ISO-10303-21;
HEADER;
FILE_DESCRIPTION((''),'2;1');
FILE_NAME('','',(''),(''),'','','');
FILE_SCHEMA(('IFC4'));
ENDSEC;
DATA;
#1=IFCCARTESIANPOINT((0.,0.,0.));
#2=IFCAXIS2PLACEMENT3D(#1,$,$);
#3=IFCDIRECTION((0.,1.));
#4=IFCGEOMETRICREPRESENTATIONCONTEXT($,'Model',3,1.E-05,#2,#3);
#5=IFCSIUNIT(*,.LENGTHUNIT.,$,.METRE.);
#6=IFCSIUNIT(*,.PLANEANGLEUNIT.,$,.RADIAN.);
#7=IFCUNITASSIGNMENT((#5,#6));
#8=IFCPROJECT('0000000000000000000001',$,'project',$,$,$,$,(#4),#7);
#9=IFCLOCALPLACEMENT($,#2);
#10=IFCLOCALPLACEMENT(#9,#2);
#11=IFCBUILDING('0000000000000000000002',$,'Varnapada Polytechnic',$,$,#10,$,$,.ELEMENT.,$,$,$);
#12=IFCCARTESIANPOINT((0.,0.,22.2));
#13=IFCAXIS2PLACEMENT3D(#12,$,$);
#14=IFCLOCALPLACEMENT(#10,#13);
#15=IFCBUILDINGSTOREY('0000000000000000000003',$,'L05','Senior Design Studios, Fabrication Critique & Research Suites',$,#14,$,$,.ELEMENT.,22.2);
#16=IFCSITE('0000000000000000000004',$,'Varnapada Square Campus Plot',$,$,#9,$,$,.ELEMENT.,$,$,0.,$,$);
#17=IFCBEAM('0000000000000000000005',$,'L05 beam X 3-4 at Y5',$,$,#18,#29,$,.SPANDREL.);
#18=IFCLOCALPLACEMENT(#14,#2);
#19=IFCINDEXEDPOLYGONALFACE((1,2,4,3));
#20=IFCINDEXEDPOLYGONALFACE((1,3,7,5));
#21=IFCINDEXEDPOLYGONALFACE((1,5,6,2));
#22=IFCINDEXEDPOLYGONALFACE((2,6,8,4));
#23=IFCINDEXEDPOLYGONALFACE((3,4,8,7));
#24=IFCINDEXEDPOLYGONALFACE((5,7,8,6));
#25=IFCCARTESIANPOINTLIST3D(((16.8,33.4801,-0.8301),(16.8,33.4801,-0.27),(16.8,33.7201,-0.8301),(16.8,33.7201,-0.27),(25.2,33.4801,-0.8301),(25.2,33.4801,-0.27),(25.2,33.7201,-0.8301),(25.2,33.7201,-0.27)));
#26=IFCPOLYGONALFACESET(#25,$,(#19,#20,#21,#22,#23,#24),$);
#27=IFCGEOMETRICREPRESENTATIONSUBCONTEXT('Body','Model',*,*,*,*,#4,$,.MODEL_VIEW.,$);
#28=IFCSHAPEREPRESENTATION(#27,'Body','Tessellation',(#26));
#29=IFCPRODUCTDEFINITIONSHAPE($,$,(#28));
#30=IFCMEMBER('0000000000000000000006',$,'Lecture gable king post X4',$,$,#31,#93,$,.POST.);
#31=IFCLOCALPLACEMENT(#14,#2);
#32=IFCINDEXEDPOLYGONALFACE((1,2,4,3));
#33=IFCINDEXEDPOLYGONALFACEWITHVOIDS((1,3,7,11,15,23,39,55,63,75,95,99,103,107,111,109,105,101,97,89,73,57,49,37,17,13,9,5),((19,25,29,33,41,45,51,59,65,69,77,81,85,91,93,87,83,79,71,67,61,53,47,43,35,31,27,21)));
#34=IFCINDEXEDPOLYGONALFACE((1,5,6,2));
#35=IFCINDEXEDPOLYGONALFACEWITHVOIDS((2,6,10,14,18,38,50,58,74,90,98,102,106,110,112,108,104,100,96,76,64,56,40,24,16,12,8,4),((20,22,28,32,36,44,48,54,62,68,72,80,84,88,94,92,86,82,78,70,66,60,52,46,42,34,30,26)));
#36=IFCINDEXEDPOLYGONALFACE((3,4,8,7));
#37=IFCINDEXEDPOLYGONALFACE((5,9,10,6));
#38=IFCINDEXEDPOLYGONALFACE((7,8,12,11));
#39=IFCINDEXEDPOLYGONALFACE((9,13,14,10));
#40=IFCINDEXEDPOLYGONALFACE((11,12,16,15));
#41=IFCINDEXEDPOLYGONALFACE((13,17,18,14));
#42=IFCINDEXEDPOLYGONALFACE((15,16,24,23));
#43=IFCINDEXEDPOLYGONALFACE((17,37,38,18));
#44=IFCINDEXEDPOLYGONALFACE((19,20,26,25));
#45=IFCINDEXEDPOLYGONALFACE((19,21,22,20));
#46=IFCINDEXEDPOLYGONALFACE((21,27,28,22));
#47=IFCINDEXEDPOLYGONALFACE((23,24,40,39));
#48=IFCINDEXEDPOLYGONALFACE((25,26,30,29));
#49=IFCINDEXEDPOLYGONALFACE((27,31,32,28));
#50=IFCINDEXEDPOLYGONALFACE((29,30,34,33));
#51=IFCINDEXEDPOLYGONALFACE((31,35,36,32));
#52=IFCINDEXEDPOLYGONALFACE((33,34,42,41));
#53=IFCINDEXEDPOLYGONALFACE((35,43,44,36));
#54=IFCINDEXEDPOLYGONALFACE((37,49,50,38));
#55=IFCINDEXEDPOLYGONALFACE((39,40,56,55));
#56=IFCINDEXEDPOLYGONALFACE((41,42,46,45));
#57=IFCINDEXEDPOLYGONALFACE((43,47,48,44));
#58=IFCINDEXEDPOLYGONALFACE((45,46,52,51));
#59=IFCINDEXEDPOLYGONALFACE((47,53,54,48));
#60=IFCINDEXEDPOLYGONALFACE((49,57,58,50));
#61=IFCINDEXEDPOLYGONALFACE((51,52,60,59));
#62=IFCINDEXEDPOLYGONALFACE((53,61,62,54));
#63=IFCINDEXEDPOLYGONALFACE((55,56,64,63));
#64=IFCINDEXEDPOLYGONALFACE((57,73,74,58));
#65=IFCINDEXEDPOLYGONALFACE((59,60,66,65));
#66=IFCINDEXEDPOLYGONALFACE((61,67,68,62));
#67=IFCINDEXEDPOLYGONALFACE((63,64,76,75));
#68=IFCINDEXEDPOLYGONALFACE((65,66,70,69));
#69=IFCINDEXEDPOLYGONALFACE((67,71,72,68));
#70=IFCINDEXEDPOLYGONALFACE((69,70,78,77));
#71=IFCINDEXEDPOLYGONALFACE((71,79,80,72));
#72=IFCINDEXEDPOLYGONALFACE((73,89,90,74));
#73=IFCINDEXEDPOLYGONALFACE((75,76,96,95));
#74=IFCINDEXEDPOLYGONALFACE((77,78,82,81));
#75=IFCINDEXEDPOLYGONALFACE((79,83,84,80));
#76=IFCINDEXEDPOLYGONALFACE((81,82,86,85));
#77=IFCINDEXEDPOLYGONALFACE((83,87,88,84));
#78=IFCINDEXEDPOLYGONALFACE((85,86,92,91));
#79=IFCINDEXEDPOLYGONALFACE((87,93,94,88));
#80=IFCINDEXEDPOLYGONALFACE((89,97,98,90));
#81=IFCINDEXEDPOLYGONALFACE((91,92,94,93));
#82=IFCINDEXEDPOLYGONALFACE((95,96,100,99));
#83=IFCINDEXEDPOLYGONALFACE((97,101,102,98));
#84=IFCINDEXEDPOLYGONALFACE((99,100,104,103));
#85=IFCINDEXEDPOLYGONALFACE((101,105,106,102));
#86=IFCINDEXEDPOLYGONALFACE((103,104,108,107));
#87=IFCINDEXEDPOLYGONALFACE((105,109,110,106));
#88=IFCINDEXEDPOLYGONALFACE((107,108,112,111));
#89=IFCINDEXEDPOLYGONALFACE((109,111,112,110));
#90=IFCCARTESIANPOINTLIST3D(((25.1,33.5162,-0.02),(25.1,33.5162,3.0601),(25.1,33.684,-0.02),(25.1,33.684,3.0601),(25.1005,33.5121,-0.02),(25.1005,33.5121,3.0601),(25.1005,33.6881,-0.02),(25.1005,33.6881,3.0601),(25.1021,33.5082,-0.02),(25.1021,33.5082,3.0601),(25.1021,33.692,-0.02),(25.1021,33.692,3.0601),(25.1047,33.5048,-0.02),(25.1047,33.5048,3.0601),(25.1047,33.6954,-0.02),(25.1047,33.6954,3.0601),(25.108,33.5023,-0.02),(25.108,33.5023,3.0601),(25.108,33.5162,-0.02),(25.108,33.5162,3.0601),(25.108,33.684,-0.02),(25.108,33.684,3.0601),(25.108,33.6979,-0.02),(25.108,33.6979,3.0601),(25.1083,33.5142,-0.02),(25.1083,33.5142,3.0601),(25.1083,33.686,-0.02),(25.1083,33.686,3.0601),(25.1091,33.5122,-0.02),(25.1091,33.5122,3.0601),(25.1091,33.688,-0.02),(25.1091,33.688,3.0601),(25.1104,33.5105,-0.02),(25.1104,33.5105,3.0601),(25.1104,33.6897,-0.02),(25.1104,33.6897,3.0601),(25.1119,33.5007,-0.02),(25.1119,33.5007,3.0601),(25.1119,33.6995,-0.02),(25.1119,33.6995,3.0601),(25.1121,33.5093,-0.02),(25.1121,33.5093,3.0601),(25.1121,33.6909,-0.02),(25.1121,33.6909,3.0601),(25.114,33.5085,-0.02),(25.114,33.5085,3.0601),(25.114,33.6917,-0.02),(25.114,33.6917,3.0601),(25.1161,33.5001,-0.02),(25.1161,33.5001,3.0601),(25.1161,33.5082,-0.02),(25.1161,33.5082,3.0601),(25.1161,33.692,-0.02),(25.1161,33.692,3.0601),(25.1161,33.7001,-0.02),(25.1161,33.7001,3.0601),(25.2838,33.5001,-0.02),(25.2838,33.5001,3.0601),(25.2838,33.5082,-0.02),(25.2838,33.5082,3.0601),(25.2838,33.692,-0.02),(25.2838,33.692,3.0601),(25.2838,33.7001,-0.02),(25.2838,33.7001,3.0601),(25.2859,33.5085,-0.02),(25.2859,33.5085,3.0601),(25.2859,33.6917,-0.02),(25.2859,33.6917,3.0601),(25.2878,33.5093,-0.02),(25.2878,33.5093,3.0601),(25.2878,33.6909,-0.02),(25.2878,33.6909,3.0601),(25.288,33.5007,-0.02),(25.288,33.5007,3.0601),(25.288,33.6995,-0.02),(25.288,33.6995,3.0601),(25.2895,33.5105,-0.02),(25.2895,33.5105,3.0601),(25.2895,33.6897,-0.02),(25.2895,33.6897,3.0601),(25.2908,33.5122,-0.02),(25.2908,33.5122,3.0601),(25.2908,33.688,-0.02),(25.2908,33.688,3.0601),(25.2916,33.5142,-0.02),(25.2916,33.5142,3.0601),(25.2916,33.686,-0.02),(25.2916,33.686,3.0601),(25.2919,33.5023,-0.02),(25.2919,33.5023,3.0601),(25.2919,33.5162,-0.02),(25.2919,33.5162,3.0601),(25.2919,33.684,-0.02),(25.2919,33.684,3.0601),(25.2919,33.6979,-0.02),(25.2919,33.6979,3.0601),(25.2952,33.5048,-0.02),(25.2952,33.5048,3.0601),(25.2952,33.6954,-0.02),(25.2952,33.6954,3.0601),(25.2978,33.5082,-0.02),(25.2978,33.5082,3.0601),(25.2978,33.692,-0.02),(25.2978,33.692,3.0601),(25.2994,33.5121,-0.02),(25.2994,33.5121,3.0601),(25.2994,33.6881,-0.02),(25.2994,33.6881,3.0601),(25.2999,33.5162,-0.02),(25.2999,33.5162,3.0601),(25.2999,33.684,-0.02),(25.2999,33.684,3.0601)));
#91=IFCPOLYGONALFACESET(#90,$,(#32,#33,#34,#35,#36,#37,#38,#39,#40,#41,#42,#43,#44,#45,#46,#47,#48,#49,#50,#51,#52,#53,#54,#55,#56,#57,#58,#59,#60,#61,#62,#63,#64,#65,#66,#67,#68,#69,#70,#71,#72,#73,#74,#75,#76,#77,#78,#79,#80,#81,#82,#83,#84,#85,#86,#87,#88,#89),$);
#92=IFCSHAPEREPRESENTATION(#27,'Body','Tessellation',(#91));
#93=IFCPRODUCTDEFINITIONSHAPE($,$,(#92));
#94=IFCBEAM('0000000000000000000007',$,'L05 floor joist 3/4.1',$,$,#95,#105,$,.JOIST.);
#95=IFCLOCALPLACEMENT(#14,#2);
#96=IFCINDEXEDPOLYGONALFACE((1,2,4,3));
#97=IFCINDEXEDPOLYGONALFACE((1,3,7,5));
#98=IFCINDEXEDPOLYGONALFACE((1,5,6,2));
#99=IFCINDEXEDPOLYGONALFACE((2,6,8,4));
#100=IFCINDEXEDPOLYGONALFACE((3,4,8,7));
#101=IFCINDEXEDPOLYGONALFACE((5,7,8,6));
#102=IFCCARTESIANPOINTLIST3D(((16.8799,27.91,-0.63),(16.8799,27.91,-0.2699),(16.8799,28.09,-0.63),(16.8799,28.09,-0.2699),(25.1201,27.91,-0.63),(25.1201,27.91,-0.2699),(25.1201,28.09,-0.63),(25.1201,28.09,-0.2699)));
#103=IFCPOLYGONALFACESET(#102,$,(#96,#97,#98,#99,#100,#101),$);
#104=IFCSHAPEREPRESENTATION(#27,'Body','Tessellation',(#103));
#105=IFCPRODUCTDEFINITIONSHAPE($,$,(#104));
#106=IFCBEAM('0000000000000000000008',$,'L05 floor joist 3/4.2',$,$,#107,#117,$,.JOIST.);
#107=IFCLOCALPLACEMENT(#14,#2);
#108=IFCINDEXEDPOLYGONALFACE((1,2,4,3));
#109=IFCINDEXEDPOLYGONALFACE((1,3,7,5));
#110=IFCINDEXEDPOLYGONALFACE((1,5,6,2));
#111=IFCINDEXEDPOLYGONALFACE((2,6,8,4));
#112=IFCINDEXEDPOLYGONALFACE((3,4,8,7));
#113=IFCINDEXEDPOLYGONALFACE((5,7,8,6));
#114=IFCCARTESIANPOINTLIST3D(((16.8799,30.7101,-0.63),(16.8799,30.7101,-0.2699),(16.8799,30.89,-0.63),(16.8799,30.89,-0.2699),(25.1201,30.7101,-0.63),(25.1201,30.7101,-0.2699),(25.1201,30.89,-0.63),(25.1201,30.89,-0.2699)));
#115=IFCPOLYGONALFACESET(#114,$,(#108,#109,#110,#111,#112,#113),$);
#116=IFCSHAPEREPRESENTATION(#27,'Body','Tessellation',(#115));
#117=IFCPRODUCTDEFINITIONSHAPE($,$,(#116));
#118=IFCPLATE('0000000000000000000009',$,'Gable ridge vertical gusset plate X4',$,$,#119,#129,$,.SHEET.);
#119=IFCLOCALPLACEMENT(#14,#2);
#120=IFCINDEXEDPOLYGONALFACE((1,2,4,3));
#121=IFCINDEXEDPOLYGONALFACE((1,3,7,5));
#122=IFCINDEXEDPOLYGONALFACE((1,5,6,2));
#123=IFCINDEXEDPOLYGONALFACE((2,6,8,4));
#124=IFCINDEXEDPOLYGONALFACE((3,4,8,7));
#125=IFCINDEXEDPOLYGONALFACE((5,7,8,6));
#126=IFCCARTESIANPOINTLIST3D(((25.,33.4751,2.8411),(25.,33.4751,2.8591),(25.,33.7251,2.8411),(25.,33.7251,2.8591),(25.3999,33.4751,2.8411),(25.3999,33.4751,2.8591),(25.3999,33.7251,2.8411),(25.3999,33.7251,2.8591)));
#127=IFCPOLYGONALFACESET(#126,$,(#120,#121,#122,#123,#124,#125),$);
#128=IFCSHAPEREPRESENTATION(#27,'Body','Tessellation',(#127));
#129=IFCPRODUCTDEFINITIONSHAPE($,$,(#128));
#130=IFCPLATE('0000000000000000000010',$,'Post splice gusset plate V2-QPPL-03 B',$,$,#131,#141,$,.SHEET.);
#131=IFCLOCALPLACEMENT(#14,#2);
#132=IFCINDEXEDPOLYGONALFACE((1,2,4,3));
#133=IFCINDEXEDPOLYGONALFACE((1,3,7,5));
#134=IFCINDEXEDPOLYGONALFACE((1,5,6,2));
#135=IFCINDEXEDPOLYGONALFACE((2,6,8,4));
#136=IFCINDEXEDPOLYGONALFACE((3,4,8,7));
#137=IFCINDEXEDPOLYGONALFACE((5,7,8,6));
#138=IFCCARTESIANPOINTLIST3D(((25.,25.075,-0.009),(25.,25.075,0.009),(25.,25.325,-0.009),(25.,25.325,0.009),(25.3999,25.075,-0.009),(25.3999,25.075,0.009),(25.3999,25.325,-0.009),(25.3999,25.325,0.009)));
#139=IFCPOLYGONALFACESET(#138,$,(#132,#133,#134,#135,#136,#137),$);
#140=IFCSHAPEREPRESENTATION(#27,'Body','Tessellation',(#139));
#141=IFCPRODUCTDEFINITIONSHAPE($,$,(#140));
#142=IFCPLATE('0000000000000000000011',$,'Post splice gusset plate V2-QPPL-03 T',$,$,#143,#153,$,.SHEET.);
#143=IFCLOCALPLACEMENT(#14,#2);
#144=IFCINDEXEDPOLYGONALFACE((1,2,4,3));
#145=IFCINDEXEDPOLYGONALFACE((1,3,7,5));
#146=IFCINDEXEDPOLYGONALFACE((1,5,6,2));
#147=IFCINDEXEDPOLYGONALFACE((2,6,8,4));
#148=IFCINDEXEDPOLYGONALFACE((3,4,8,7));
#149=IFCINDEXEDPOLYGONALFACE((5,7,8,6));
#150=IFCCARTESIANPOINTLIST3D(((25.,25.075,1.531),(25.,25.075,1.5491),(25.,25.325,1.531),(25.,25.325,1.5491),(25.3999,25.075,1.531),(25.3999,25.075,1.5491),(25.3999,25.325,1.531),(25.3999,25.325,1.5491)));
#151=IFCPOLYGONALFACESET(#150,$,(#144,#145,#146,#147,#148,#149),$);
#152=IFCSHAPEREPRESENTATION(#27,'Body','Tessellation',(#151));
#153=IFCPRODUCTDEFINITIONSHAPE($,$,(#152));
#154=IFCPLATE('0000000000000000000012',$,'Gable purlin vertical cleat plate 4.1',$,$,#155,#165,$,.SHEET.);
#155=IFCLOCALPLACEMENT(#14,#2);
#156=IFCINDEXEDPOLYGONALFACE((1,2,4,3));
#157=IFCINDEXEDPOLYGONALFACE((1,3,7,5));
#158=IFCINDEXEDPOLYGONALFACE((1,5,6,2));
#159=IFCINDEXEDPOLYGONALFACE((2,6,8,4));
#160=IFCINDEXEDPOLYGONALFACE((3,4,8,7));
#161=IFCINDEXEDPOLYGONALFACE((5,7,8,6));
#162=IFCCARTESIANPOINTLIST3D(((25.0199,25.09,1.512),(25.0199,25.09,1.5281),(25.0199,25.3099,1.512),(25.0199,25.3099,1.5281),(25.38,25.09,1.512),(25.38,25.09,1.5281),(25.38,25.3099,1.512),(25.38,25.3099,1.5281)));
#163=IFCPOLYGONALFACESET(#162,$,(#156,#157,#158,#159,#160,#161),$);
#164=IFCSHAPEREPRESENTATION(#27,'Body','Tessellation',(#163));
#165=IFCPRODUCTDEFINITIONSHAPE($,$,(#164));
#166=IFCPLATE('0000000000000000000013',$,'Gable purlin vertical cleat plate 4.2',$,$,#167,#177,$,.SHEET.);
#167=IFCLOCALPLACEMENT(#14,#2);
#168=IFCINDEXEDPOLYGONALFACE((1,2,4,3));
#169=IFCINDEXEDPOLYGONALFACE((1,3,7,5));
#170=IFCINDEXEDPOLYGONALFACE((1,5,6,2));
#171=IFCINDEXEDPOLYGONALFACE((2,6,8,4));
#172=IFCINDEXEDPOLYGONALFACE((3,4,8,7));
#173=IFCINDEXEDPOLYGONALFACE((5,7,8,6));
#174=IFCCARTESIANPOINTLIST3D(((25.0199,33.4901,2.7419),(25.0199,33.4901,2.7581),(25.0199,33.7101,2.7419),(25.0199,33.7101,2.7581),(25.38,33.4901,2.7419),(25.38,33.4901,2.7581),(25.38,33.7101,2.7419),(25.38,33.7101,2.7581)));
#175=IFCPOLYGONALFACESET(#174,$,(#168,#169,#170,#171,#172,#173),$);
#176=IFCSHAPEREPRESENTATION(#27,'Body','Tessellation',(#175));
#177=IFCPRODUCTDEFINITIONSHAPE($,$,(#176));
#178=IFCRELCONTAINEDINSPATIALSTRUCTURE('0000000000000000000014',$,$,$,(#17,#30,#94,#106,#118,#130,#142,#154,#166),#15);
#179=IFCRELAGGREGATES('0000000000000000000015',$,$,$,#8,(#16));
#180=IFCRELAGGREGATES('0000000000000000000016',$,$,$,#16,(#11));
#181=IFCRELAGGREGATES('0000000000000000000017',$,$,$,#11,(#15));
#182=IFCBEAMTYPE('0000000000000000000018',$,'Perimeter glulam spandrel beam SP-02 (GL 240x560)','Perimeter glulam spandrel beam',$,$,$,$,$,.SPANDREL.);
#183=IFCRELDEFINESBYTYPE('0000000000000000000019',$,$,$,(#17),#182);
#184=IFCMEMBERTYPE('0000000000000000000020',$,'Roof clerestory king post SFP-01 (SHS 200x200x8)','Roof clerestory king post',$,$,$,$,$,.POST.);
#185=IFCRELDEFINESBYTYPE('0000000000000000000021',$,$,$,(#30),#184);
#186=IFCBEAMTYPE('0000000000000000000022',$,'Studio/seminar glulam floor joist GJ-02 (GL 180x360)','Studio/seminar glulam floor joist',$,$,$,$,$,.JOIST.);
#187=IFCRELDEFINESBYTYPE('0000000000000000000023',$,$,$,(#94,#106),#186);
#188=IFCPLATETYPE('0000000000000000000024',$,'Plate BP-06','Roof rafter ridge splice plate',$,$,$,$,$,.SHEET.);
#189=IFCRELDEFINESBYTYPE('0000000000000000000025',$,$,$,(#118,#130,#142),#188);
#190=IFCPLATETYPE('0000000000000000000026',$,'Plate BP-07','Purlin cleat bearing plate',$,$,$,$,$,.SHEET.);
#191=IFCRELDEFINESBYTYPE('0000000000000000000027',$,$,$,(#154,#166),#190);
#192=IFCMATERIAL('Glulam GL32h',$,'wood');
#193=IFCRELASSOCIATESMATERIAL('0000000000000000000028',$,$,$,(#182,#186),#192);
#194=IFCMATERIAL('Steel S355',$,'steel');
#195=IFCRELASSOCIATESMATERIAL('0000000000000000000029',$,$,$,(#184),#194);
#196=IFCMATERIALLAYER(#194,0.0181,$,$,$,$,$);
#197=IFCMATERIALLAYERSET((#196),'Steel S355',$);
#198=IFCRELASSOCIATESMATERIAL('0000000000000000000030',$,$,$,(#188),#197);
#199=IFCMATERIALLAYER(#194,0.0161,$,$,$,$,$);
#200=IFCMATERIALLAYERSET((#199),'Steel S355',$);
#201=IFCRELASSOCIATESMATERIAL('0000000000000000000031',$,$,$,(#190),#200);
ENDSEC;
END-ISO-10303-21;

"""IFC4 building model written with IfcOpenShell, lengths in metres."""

from ifc_helpers import new_model, si_unit, direction, frame, origin, origin_2d, place, context, subcontext, project, spatial, rectangle, hollow_rectangle, extrude, material, layer, layer_set, material_profile, profile_set, type_object, element, save


model = new_model("IFC4")

# Units and contexts
model_context = context("Model", 3, precision=1e-05, world=origin(), true_north=direction((0.0, 1.0)))
body_context = subcontext(model_context, "Body", "Model", "MODEL_VIEW")
ifc_project = project(units=[si_unit("LENGTHUNIT", "METRE"), si_unit("PLANEANGLEUNIT", "RADIAN")], contexts=[model_context])

# Site, building, storey
site_placement = place(None, origin())
site = spatial("IfcSite", under=ifc_project, at=site_placement, Name="Varnapada Square Campus Plot", CompositionType="ELEMENT", RefElevation=0.0)
building_placement = place(site_placement, origin())
building = spatial("IfcBuilding", under=site, at=building_placement, Name="Varnapada Polytechnic", CompositionType="ELEMENT")
storey_placement = place(building_placement, frame((0.0, 0.0, 22.2)))
storey = spatial("IfcBuildingStorey", under=building, at=storey_placement, Name="L05", Description="Senior Design Studios, Fabrication Critique & Research Suites", CompositionType="ELEMENT", Elevation=22.2)

# Shared definitions
ifc_material_1 = material(Name="Steel S355", Category="steel")

# Beam
ifc_material_2 = material(Name="Glulam GL32h", Category="wood")
ifc_material_profile_1 = material_profile(ifc_material_2, rectangle(XDim=0.24, YDim=0.5601, at=origin_2d()), Name="GL 240x560")
ifc_profile_set_1 = profile_set([ifc_material_profile_1], Name="Glulam GL32h")
beam_type_1 = type_object("IfcBeamType", Name="Perimeter glulam spandrel beam SP-02 (GL 240x560)", Description="Perimeter glulam spandrel beam", PredefinedType="SPANDREL", material=ifc_profile_set_1)
beam_1_placement = place(storey_placement, frame((16.8, 33.6001, -0.55), z_axis=(1.0, 0.0, 0.0), x_axis=(0.0, 1.0, 0.0)))
element("IfcBeam", 1, at=beam_1_placement, inside=storey, type_object=beam_type_1, Name="L05 beam X 3-4 at Y5", PredefinedType="SPANDREL", context=body_context, shape_type="SweptSolid", body=[
    extrude(rectangle(XDim=0.24, YDim=0.5601, at=origin_2d()), origin(), (0.0, 0.0, 1.0), 8.3999),
])

# Member
ifc_material_profile_2 = material_profile(ifc_material_1, hollow_rectangle(XDim=0.2, YDim=0.2, WallThickness=0.0081, InnerFilletRadius=0.0081, OuterFilletRadius=0.0161, at=origin_2d()), Name="SHS 200x200x8")
ifc_profile_set_2 = profile_set([ifc_material_profile_2], Name="Steel S355")
member_type_1 = type_object("IfcMemberType", Name="Roof clerestory king post SFP-01 (SHS 200x200x8)", Description="Roof clerestory king post", PredefinedType="POST", material=ifc_profile_set_2)
member_placement = place(storey_placement, frame((25.2, 33.6001, -0.02), z_axis=(0.0, 0.0, 1.0), x_axis=(1.0, 0.0, 0.0)))
element("IfcMember", 2, at=member_placement, inside=storey, type_object=member_type_1, Name="Lecture gable king post X4", PredefinedType="POST", context=body_context, shape_type="SweptSolid", body=[
    extrude(hollow_rectangle(XDim=0.2, YDim=0.2, WallThickness=0.0081, InnerFilletRadius=0.0081, OuterFilletRadius=0.0161, at=origin_2d()), origin(), (0.0, 0.0, 1.0), 3.0801),
])

# Beams
ifc_material_profile_3 = material_profile(ifc_material_2, rectangle(XDim=0.1799, YDim=0.3601, at=origin_2d()), Name="GL 180x360")
ifc_profile_set_3 = profile_set([ifc_material_profile_3], Name="Glulam GL32h")
beam_type_2 = type_object("IfcBeamType", Name="Studio/seminar glulam floor joist GJ-02 (GL 180x360)", Description="Studio/seminar glulam floor joist", PredefinedType="JOIST", material=ifc_profile_set_3)
for number, where, z_axis, x_axis, name in (
    (3, (16.8799, 28.0, -0.45), (1.0, 0.0, 0.0), (0.0, 1.0, 0.0), "L05 floor joist 3/4.1"),
    (4, (16.8799, 30.8, -0.45), (1.0, 0.0, 0.0), (0.0, 1.0, 0.0), "L05 floor joist 3/4.2"),
):
    element("IfcBeam", number, at=place(storey_placement, frame(where, z_axis=z_axis, x_axis=x_axis)), inside=storey, type_object=beam_type_2, Name=name, PredefinedType="JOIST", context=body_context, shape_type="SweptSolid", body=[
        extrude(rectangle(XDim=0.1799, YDim=0.3601, at=origin_2d()), origin(), (0.0, 0.0, 1.0), 8.2402),
    ])

# Plates
ifc_layer_1 = layer(ifc_material_1, 0.0181)
ifc_layer_set_1 = layer_set([ifc_layer_1], Name="Steel S355")
plate_type_1 = type_object("IfcPlateType", Name="Plate BP-06", Description="Roof rafter ridge splice plate", PredefinedType="SHEET", material=ifc_layer_set_1)
for number, where, z_axis, x_axis, name in (
    (5, (25.2, 33.6001, 2.8411), (0.0, 0.0, 1.0), (1.0, 0.0, 0.0), "Gable ridge vertical gusset plate X4"),
    (6, (25.2, 25.2, -0.009), (0.0, 0.0, 1.0), (1.0, 0.0, 0.0), "Post splice gusset plate V2-QPPL-03 B"),
    (7, (25.2, 25.2, 1.531), (0.0, 0.0, 1.0), (1.0, 0.0, 0.0), "Post splice gusset plate V2-QPPL-03 T"),
):
    element("IfcPlate", number, at=place(storey_placement, frame(where, z_axis=z_axis, x_axis=x_axis)), inside=storey, type_object=plate_type_1, Name=name, PredefinedType="SHEET", context=body_context, shape_type="SweptSolid", body=[
        extrude(rectangle(XDim=0.3999, YDim=0.25, at=origin_2d()), origin(), (0.0, 0.0, 1.0), 0.0181),
    ])
ifc_layer_2 = layer(ifc_material_1, 0.0161)
ifc_layer_set_2 = layer_set([ifc_layer_2], Name="Steel S355")
plate_type_2 = type_object("IfcPlateType", Name="Plate BP-07", Description="Purlin cleat bearing plate", PredefinedType="SHEET", material=ifc_layer_set_2)
for number, where, z_axis, x_axis, name in (
    (8, (25.2, 25.2, 1.512), (0.0, 0.0, 1.0), (1.0, 0.0, 0.0), "Gable purlin vertical cleat plate 4.1"),
    (9, (25.2, 33.6001, 2.7419), (0.0, 0.0, 1.0), (1.0, 0.0, 0.0), "Gable purlin vertical cleat plate 4.2"),
):
    element("IfcPlate", number, at=place(storey_placement, frame(where, z_axis=z_axis, x_axis=x_axis)), inside=storey, type_object=plate_type_2, Name=name, PredefinedType="SHEET", context=body_context, shape_type="SweptSolid", body=[
        extrude(rectangle(XDim=0.3601, YDim=0.22, at=origin_2d()), origin(), (0.0, 0.0, 1.0), 0.0161),
    ])

save(model, "model.ifc")
